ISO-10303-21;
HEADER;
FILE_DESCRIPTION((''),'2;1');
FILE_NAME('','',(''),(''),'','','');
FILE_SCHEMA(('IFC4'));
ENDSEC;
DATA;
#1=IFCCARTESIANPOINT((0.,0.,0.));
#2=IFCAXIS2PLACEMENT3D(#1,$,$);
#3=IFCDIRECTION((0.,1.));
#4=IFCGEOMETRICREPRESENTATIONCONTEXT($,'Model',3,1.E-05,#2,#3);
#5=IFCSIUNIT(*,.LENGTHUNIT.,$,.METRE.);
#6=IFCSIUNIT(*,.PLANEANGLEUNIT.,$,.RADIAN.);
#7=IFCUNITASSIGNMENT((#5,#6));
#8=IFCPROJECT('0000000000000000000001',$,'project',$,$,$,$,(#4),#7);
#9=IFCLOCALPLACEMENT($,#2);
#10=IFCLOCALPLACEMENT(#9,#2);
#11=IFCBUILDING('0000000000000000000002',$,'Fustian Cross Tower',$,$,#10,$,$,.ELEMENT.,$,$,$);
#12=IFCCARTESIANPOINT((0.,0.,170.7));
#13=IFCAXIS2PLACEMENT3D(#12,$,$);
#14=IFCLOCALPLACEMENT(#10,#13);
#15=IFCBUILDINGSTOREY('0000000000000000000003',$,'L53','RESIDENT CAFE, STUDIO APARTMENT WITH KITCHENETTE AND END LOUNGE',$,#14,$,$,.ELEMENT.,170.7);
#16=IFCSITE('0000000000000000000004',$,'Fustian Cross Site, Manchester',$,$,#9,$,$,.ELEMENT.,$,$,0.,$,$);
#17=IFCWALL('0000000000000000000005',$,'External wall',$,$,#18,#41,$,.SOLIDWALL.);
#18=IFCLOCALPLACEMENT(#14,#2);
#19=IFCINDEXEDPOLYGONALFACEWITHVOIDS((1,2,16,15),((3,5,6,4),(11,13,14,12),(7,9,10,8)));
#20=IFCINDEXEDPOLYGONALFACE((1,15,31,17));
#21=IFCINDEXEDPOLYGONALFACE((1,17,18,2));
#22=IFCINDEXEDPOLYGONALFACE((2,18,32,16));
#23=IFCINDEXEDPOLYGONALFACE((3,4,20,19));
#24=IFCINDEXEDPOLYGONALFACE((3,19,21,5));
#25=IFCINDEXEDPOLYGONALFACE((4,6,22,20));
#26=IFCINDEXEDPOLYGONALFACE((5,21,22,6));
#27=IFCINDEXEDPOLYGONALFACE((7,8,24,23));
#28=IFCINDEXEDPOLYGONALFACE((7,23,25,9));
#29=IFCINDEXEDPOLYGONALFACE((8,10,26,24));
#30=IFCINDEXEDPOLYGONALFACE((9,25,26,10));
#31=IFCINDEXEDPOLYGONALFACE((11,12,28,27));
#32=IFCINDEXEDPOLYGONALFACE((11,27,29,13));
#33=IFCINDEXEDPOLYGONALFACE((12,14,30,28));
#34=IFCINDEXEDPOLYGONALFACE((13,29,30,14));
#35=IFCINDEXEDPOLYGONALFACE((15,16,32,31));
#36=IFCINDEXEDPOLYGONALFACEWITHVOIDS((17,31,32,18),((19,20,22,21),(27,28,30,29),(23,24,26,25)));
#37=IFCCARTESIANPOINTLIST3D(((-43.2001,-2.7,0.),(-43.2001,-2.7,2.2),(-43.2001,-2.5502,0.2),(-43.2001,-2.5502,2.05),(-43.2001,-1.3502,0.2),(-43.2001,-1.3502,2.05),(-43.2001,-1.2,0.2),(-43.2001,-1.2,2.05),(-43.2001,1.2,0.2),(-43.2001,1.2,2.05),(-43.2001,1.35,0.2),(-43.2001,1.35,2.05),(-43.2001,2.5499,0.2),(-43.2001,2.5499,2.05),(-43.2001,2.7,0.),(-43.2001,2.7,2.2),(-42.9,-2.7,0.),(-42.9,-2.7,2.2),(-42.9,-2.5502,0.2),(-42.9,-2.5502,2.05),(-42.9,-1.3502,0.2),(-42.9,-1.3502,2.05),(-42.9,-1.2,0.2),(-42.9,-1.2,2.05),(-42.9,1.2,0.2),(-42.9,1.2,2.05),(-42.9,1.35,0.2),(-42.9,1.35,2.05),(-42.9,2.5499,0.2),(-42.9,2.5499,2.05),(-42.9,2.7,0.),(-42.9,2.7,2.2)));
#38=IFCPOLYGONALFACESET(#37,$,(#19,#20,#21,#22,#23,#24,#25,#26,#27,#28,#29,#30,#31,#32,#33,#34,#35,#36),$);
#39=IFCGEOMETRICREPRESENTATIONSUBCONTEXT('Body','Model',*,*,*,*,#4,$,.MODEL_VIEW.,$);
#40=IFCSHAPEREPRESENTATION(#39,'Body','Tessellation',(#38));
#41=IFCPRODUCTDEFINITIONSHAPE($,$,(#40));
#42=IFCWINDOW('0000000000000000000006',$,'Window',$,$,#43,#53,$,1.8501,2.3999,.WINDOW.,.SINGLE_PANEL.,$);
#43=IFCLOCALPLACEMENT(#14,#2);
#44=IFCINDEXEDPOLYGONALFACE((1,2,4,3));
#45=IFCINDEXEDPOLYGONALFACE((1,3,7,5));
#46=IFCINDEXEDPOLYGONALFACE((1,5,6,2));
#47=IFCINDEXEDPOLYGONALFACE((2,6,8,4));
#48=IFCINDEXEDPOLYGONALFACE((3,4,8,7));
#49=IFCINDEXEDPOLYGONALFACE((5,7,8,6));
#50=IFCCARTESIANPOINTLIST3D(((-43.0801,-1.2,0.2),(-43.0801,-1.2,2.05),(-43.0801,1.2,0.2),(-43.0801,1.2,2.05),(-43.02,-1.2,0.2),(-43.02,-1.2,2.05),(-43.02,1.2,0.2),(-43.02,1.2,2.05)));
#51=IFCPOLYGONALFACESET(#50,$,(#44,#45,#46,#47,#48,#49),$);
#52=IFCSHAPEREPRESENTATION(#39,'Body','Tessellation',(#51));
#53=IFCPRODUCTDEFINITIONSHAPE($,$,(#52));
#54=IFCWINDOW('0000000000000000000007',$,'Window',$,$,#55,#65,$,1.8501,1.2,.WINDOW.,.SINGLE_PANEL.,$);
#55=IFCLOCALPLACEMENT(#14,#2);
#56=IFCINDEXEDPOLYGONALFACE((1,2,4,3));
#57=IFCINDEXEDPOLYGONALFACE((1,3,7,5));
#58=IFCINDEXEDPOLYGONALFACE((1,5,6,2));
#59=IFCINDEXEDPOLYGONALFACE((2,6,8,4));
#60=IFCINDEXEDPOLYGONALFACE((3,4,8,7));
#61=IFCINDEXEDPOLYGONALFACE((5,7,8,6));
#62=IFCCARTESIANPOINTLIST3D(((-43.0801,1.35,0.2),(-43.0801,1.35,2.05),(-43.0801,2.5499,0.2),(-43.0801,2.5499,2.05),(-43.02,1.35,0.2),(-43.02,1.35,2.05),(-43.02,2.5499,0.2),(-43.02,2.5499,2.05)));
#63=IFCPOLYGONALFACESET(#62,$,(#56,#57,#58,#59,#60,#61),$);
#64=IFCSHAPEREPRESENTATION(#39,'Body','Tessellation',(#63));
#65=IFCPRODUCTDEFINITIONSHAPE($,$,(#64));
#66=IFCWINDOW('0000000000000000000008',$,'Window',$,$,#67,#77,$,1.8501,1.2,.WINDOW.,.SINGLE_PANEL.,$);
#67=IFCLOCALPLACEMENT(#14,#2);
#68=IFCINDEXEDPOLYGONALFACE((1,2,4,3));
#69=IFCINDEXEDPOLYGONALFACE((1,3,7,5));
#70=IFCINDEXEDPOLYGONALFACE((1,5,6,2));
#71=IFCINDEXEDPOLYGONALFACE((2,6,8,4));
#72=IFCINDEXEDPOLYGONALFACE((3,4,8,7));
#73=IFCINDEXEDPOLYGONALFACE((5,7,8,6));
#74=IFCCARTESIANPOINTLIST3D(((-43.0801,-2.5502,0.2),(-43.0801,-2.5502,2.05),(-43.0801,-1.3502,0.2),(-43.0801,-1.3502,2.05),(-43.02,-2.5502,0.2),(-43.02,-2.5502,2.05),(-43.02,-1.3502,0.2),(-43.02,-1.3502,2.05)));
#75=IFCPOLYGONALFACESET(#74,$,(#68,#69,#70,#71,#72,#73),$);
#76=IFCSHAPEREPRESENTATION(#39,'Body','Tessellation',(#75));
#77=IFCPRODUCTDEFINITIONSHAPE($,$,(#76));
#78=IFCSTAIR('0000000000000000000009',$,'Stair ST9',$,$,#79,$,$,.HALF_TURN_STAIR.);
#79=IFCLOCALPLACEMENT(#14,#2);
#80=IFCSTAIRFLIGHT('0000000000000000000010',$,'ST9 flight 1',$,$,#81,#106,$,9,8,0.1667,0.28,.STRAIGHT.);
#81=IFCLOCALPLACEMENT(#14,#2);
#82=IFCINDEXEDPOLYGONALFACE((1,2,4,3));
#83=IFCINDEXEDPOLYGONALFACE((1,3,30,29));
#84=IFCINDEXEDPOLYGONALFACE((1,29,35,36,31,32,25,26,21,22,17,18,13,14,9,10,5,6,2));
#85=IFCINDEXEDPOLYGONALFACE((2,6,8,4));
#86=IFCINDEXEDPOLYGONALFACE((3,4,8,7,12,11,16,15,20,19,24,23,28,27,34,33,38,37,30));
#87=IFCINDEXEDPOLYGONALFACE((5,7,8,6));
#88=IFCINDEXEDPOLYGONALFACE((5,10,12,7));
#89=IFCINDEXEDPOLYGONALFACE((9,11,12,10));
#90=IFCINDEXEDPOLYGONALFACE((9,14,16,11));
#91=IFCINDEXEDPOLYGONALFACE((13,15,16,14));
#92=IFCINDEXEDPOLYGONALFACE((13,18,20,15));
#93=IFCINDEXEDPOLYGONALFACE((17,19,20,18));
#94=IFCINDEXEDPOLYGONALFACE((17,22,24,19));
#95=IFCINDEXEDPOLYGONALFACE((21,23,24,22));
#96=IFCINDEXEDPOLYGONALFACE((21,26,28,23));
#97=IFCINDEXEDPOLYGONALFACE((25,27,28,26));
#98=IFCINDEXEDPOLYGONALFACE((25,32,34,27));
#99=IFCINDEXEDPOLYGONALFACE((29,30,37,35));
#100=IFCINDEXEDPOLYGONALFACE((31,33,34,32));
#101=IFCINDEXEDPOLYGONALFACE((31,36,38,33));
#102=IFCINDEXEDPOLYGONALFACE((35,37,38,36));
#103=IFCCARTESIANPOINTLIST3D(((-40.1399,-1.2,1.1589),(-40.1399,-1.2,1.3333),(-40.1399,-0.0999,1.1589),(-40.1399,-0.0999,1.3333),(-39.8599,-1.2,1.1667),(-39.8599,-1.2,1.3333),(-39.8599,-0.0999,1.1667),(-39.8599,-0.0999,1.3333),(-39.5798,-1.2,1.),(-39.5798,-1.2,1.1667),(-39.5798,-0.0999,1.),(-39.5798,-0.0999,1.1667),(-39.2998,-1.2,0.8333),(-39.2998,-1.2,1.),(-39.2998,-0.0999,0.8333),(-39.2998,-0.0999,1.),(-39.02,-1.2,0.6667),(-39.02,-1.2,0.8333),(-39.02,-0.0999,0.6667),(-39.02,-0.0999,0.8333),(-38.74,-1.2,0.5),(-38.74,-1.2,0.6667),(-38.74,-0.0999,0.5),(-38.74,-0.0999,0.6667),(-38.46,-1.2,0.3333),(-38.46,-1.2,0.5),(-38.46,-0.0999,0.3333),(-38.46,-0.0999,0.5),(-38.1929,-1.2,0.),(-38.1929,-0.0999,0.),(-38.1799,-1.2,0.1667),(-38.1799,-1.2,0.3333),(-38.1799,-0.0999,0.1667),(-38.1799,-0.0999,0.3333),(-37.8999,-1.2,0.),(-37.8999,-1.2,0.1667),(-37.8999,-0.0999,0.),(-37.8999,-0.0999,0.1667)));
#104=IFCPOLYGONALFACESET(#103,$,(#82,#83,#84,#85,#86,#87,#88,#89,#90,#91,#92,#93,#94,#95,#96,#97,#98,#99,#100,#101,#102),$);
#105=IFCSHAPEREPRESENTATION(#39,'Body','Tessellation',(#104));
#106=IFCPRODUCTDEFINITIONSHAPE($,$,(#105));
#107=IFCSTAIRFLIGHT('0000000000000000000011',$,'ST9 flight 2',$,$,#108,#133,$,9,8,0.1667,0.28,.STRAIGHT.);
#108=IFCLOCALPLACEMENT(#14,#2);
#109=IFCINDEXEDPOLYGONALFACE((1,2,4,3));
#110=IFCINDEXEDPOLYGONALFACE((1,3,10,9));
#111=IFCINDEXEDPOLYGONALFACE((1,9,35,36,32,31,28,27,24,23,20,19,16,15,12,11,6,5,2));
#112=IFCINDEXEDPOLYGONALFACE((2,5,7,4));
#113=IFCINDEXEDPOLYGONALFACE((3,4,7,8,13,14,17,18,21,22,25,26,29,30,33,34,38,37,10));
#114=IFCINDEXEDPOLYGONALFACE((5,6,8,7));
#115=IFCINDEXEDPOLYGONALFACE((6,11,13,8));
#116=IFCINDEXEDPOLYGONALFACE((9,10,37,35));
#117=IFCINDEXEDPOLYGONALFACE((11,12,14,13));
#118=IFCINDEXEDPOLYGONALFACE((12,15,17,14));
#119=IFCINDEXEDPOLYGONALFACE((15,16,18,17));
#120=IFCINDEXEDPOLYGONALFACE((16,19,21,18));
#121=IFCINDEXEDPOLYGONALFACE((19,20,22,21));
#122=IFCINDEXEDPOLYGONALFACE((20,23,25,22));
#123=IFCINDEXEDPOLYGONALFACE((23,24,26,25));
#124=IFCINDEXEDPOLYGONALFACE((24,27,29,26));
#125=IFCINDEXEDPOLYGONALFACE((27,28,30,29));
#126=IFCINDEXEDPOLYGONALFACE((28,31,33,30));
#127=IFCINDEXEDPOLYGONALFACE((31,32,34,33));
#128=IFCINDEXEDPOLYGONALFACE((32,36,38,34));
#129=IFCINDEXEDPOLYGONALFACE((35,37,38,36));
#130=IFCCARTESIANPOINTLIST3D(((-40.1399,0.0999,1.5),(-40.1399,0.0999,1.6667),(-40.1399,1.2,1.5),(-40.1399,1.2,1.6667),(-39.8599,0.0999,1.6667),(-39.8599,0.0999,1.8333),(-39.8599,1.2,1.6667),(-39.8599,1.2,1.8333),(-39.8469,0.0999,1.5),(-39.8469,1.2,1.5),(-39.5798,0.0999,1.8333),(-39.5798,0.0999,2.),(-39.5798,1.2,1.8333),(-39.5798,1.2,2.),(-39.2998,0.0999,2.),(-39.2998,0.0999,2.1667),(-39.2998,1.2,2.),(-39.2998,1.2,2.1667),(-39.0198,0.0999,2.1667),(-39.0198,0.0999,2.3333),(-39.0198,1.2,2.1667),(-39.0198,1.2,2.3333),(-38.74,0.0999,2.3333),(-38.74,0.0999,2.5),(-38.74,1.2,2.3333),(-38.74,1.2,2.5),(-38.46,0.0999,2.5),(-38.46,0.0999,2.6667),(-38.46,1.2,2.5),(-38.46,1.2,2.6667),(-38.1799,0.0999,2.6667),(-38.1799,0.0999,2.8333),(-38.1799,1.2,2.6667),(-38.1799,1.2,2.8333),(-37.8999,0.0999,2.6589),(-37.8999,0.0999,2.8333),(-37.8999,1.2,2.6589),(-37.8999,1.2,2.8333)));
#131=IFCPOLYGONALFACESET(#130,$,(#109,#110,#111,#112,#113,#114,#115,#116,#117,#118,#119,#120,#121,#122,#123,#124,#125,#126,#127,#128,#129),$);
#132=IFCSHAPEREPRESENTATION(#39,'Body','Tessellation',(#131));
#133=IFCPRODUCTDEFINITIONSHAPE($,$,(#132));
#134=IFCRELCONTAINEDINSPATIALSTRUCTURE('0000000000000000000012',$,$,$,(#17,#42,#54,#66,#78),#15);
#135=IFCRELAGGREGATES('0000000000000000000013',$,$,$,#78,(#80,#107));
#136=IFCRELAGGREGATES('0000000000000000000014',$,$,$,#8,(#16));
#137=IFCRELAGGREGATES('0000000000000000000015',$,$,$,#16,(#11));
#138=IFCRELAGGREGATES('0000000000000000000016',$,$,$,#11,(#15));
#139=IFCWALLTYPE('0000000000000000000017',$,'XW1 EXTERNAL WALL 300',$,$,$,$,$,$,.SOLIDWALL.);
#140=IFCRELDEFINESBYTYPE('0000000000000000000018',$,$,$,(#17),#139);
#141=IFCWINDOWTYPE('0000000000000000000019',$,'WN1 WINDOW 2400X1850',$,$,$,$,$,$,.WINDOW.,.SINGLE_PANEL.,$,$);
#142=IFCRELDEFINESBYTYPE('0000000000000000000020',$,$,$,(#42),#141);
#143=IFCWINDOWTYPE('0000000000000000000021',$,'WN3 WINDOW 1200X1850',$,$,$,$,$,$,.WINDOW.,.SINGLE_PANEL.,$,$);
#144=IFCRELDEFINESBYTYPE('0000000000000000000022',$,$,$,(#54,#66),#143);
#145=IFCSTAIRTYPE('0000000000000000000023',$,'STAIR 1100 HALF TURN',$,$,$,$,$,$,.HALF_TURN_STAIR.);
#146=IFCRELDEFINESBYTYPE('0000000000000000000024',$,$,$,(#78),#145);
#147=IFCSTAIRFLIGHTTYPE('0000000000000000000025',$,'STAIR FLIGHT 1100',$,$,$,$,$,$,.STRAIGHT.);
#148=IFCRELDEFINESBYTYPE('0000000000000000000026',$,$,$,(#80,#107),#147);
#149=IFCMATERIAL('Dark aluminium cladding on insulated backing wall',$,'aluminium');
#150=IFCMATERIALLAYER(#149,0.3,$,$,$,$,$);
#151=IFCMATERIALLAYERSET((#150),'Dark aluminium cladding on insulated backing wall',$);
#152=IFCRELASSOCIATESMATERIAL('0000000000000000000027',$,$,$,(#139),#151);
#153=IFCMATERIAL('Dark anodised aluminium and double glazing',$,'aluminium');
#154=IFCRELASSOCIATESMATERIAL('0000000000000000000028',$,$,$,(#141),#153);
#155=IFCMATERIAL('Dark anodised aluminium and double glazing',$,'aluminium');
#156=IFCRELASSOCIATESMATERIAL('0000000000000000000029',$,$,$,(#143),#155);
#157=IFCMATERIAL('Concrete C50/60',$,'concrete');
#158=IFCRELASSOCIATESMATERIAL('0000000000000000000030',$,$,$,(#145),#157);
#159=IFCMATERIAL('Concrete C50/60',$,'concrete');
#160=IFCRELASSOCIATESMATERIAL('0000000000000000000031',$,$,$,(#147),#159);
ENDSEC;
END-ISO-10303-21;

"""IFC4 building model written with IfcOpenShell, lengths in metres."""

from ifc_helpers import new_model, si_unit, direction, frame, frame_2d, origin, place, context, subcontext, project, spatial, polyline, rectangle, outline, extrude, material, layer, layer_set, type_object, element, fill, aggregate, save


model = new_model("IFC4")

# Units and contexts
model_context = context("Model", 3, precision=1e-05, world=origin(), true_north=direction((0.0, 1.0)))
body_context = subcontext(model_context, "Body", "Model", "MODEL_VIEW")
ifc_project = project(units=[si_unit("LENGTHUNIT", "METRE"), si_unit("PLANEANGLEUNIT", "RADIAN")], contexts=[model_context])

# Site, building, storey
site_placement = place(None, origin())
site = spatial("IfcSite", under=ifc_project, at=site_placement, Name="Fustian Cross Site, Manchester", CompositionType="ELEMENT", RefElevation=0.0)
building_placement = place(site_placement, origin())
building = spatial("IfcBuilding", under=site, at=building_placement, Name="Fustian Cross Tower", CompositionType="ELEMENT")
storey_placement = place(building_placement, frame((0.0, 0.0, 170.7)))
storey = spatial("IfcBuildingStorey", under=building, at=storey_placement, Name="L53", Description="RESIDENT CAFE, STUDIO APARTMENT WITH KITCHENETTE AND END LOUNGE", CompositionType="ELEMENT", Elevation=170.7)

# Wall, openings, windows
ifc_material_1 = material(Name="Dark aluminium cladding on insulated backing wall", Category="aluminium")
ifc_layer_1 = layer(ifc_material_1, 0.3)
ifc_layer_set_1 = layer_set([ifc_layer_1], Name="Dark aluminium cladding on insulated backing wall")
wall_type_1 = type_object("IfcWallType", Name="XW1 EXTERNAL WALL 300", PredefinedType="SOLIDWALL", material=ifc_layer_set_1)
wall_1_placement = place(storey_placement, frame((-43.05, 2.7, 0.0), z_axis=(0.0, 0.0, 1.0), x_axis=(0.0, -1.0, 0.0)))
wall_1 = element("IfcWall", 1, at=wall_1_placement, inside=storey, type_object=wall_type_1, Name="External wall", PredefinedType="SOLIDWALL", context=body_context, shape_type="SweptSolid", body=[
    extrude(rectangle(XDim=5.3999, YDim=0.3, at=frame_2d((2.7, 0.0))), origin(), (0.0, 0.0, 1.0), 2.2),
])
opening_1_placement = place(wall_1_placement, frame((1.5, 0.0, 0.2)))
opening_1 = element("IfcOpeningElement", 2, at=opening_1_placement, cuts=wall_1, PredefinedType="OPENING", context=body_context, shape_type="SweptSolid", body=[
    extrude(rectangle(XDim=2.3999, YDim=1.8501, at=frame_2d((1.2, 0.925))), frame((0.0, 0.1599, 0.0), z_axis=(0.0, -1.0, 0.0), x_axis=(1.0, 0.0, 0.0)), (0.0, 0.0, 1.0), 0.3201),
])
opening_2_placement = place(wall_1_placement, frame((0.1499, 0.0, 0.2)))
opening_2 = element("IfcOpeningElement", 3, at=opening_2_placement, cuts=wall_1, PredefinedType="OPENING", context=body_context, shape_type="SweptSolid", body=[
    extrude(rectangle(XDim=1.2, YDim=1.8501, at=frame_2d((0.6001, 0.925))), frame((0.0, 0.1599, 0.0), z_axis=(0.0, -1.0, 0.0), x_axis=(1.0, 0.0, 0.0)), (0.0, 0.0, 1.0), 0.3201),
])
opening_3_placement = place(wall_1_placement, frame((4.05, 0.0, 0.2)))
opening_3 = element("IfcOpeningElement", 4, at=opening_3_placement, cuts=wall_1, PredefinedType="OPENING", context=body_context, shape_type="SweptSolid", body=[
    extrude(rectangle(XDim=1.2, YDim=1.8501, at=frame_2d((0.6001, 0.925))), frame((0.0, 0.1599, 0.0), z_axis=(0.0, -1.0, 0.0), x_axis=(1.0, 0.0, 0.0)), (0.0, 0.0, 1.0), 0.3201),
])
ifc_material_2 = material(Name="Dark anodised aluminium and double glazing", Category="aluminium")
window_type_1 = type_object("IfcWindowType", Name="WN1 WINDOW 2400X1850", PartitioningType="SINGLE_PANEL", PredefinedType="WINDOW", material=ifc_material_2)
window_1_placement = place(opening_1_placement, origin())
window_1 = element("IfcWindow", 5, at=window_1_placement, inside=storey, type_object=window_type_1, Name="Window", OverallHeight=1.8501, OverallWidth=2.3999, PartitioningType="SINGLE_PANEL", PredefinedType="WINDOW", context=body_context, shape_type="SweptSolid", body=[
    extrude(rectangle(XDim=2.3999, YDim=1.8501, at=frame_2d((1.2, 0.925))), frame((0.0, 0.03, 0.0), z_axis=(0.0, -1.0, 0.0), x_axis=(1.0, 0.0, 0.0)), (0.0, 0.0, 1.0), 0.0601),
])
fill(opening_1, window_1)
ifc_material_3 = material(Name="Dark anodised aluminium and double glazing", Category="aluminium")
window_type_2 = type_object("IfcWindowType", Name="WN3 WINDOW 1200X1850", PartitioningType="SINGLE_PANEL", PredefinedType="WINDOW", material=ifc_material_3)
window_2_placement = place(opening_2_placement, origin())
window_2 = element("IfcWindow", 6, at=window_2_placement, inside=storey, type_object=window_type_2, Name="Window", OverallHeight=1.8501, OverallWidth=1.2, PartitioningType="SINGLE_PANEL", PredefinedType="WINDOW", context=body_context, shape_type="SweptSolid", body=[
    extrude(rectangle(XDim=1.2, YDim=1.8501, at=frame_2d((0.6001, 0.925))), frame((0.0, 0.03, 0.0), z_axis=(0.0, -1.0, 0.0), x_axis=(1.0, 0.0, 0.0)), (0.0, 0.0, 1.0), 0.0601),
])
fill(opening_2, window_2)
window_3_placement = place(opening_3_placement, origin())
window_3 = element("IfcWindow", 7, at=window_3_placement, inside=storey, type_object=window_type_2, Name="Window", OverallHeight=1.8501, OverallWidth=1.2, PartitioningType="SINGLE_PANEL", PredefinedType="WINDOW", context=body_context, shape_type="SweptSolid", body=[
    extrude(rectangle(XDim=1.2, YDim=1.8501, at=frame_2d((0.6001, 0.925))), frame((0.0, 0.03, 0.0), z_axis=(0.0, -1.0, 0.0), x_axis=(1.0, 0.0, 0.0)), (0.0, 0.0, 1.0), 0.0601),
])
fill(opening_3, window_3)

# Stair, stair flights
ifc_material_4 = material(Name="Concrete C50/60", Category="concrete")
stair_type = type_object("IfcStairType", Name="STAIR 1100 HALF TURN", PredefinedType="HALF_TURN_STAIR", material=ifc_material_4)
stair_placement = place(storey_placement, origin())
stair = element("IfcStair", 8, at=stair_placement, inside=storey, type_object=stair_type, Name="Stair ST9", PredefinedType="HALF_TURN_STAIR")
ifc_material_5 = material(Name="Concrete C50/60", Category="concrete")
stair_flight_type = type_object("IfcStairFlightType", Name="STAIR FLIGHT 1100", PredefinedType="STRAIGHT", material=ifc_material_5)
stair_flight_1_placement = place(storey_placement, frame((-37.8999, -0.6499, 0.0), z_axis=(0.0, 0.0, 1.0), x_axis=(-1.0, 0.0, 0.0)))
stair_flight_1 = element("IfcStairFlight", 9, at=stair_flight_1_placement, type_object=stair_flight_type, Name="ST9 flight 1", NumberOfRisers=9, NumberOfTreads=8, PredefinedType="STRAIGHT", RiserHeight=0.1667, TreadLength=0.28, context=body_context, shape_type="SweptSolid", body=[
    extrude(outline(polyline([(0.0, 0.0), (0.0, 0.1667), (0.28, 0.1667), (0.28, 0.3333), (0.5601, 0.3333), (0.5601, 0.5), (0.8401, 0.5), (0.8401, 0.6667), (1.1201, 0.6667), (1.1201, 0.8333), (1.3999, 0.8333), (1.3999, 1.0), (1.6799, 1.0), (1.6799, 1.1667), (1.96, 1.1667), (1.96, 1.3333), (2.24, 1.3333), (2.24, 1.5), (2.24, 1.1589), (0.293, 0.0), (0.0, 0.0)])), frame((0.0, 0.55, 0.0), z_axis=(0.0, -1.0, 0.0), x_axis=(1.0, 0.0, 0.0)), (0.0, 0.0, 1.0), 1.1001),
])
stair_flight_2_placement = place(storey_placement, frame((-40.1399, 0.6499, 1.5), z_axis=(0.0, 0.0, 1.0), x_axis=(1.0, 0.0, 0.0)))
stair_flight_2 = element("IfcStairFlight", 10, at=stair_flight_2_placement, type_object=stair_flight_type, Name="ST9 flight 2", NumberOfRisers=9, NumberOfTreads=8, PredefinedType="STRAIGHT", RiserHeight=0.1667, TreadLength=0.28, context=body_context, shape_type="SweptSolid", body=[
    extrude(outline(polyline([(0.0, 0.0), (0.0, 0.1667), (0.28, 0.1667), (0.28, 0.3333), (0.5601, 0.3333), (0.5601, 0.5), (0.8401, 0.5), (0.8401, 0.6667), (1.1201, 0.6667), (1.1201, 0.8333), (1.3999, 0.8333), (1.3999, 1.0), (1.6799, 1.0), (1.6799, 1.1667), (1.96, 1.1667), (1.96, 1.3333), (2.24, 1.3333), (2.24, 1.5), (2.24, 1.1589), (0.293, 0.0), (0.0, 0.0)])), frame((0.0, 0.55, 0.0), z_axis=(0.0, -1.0, 0.0), x_axis=(1.0, 0.0, 0.0)), (0.0, 0.0, 1.0), 1.1001),
])
aggregate(stair, [stair_flight_1, stair_flight_2])

save(model, "model.ifc")
